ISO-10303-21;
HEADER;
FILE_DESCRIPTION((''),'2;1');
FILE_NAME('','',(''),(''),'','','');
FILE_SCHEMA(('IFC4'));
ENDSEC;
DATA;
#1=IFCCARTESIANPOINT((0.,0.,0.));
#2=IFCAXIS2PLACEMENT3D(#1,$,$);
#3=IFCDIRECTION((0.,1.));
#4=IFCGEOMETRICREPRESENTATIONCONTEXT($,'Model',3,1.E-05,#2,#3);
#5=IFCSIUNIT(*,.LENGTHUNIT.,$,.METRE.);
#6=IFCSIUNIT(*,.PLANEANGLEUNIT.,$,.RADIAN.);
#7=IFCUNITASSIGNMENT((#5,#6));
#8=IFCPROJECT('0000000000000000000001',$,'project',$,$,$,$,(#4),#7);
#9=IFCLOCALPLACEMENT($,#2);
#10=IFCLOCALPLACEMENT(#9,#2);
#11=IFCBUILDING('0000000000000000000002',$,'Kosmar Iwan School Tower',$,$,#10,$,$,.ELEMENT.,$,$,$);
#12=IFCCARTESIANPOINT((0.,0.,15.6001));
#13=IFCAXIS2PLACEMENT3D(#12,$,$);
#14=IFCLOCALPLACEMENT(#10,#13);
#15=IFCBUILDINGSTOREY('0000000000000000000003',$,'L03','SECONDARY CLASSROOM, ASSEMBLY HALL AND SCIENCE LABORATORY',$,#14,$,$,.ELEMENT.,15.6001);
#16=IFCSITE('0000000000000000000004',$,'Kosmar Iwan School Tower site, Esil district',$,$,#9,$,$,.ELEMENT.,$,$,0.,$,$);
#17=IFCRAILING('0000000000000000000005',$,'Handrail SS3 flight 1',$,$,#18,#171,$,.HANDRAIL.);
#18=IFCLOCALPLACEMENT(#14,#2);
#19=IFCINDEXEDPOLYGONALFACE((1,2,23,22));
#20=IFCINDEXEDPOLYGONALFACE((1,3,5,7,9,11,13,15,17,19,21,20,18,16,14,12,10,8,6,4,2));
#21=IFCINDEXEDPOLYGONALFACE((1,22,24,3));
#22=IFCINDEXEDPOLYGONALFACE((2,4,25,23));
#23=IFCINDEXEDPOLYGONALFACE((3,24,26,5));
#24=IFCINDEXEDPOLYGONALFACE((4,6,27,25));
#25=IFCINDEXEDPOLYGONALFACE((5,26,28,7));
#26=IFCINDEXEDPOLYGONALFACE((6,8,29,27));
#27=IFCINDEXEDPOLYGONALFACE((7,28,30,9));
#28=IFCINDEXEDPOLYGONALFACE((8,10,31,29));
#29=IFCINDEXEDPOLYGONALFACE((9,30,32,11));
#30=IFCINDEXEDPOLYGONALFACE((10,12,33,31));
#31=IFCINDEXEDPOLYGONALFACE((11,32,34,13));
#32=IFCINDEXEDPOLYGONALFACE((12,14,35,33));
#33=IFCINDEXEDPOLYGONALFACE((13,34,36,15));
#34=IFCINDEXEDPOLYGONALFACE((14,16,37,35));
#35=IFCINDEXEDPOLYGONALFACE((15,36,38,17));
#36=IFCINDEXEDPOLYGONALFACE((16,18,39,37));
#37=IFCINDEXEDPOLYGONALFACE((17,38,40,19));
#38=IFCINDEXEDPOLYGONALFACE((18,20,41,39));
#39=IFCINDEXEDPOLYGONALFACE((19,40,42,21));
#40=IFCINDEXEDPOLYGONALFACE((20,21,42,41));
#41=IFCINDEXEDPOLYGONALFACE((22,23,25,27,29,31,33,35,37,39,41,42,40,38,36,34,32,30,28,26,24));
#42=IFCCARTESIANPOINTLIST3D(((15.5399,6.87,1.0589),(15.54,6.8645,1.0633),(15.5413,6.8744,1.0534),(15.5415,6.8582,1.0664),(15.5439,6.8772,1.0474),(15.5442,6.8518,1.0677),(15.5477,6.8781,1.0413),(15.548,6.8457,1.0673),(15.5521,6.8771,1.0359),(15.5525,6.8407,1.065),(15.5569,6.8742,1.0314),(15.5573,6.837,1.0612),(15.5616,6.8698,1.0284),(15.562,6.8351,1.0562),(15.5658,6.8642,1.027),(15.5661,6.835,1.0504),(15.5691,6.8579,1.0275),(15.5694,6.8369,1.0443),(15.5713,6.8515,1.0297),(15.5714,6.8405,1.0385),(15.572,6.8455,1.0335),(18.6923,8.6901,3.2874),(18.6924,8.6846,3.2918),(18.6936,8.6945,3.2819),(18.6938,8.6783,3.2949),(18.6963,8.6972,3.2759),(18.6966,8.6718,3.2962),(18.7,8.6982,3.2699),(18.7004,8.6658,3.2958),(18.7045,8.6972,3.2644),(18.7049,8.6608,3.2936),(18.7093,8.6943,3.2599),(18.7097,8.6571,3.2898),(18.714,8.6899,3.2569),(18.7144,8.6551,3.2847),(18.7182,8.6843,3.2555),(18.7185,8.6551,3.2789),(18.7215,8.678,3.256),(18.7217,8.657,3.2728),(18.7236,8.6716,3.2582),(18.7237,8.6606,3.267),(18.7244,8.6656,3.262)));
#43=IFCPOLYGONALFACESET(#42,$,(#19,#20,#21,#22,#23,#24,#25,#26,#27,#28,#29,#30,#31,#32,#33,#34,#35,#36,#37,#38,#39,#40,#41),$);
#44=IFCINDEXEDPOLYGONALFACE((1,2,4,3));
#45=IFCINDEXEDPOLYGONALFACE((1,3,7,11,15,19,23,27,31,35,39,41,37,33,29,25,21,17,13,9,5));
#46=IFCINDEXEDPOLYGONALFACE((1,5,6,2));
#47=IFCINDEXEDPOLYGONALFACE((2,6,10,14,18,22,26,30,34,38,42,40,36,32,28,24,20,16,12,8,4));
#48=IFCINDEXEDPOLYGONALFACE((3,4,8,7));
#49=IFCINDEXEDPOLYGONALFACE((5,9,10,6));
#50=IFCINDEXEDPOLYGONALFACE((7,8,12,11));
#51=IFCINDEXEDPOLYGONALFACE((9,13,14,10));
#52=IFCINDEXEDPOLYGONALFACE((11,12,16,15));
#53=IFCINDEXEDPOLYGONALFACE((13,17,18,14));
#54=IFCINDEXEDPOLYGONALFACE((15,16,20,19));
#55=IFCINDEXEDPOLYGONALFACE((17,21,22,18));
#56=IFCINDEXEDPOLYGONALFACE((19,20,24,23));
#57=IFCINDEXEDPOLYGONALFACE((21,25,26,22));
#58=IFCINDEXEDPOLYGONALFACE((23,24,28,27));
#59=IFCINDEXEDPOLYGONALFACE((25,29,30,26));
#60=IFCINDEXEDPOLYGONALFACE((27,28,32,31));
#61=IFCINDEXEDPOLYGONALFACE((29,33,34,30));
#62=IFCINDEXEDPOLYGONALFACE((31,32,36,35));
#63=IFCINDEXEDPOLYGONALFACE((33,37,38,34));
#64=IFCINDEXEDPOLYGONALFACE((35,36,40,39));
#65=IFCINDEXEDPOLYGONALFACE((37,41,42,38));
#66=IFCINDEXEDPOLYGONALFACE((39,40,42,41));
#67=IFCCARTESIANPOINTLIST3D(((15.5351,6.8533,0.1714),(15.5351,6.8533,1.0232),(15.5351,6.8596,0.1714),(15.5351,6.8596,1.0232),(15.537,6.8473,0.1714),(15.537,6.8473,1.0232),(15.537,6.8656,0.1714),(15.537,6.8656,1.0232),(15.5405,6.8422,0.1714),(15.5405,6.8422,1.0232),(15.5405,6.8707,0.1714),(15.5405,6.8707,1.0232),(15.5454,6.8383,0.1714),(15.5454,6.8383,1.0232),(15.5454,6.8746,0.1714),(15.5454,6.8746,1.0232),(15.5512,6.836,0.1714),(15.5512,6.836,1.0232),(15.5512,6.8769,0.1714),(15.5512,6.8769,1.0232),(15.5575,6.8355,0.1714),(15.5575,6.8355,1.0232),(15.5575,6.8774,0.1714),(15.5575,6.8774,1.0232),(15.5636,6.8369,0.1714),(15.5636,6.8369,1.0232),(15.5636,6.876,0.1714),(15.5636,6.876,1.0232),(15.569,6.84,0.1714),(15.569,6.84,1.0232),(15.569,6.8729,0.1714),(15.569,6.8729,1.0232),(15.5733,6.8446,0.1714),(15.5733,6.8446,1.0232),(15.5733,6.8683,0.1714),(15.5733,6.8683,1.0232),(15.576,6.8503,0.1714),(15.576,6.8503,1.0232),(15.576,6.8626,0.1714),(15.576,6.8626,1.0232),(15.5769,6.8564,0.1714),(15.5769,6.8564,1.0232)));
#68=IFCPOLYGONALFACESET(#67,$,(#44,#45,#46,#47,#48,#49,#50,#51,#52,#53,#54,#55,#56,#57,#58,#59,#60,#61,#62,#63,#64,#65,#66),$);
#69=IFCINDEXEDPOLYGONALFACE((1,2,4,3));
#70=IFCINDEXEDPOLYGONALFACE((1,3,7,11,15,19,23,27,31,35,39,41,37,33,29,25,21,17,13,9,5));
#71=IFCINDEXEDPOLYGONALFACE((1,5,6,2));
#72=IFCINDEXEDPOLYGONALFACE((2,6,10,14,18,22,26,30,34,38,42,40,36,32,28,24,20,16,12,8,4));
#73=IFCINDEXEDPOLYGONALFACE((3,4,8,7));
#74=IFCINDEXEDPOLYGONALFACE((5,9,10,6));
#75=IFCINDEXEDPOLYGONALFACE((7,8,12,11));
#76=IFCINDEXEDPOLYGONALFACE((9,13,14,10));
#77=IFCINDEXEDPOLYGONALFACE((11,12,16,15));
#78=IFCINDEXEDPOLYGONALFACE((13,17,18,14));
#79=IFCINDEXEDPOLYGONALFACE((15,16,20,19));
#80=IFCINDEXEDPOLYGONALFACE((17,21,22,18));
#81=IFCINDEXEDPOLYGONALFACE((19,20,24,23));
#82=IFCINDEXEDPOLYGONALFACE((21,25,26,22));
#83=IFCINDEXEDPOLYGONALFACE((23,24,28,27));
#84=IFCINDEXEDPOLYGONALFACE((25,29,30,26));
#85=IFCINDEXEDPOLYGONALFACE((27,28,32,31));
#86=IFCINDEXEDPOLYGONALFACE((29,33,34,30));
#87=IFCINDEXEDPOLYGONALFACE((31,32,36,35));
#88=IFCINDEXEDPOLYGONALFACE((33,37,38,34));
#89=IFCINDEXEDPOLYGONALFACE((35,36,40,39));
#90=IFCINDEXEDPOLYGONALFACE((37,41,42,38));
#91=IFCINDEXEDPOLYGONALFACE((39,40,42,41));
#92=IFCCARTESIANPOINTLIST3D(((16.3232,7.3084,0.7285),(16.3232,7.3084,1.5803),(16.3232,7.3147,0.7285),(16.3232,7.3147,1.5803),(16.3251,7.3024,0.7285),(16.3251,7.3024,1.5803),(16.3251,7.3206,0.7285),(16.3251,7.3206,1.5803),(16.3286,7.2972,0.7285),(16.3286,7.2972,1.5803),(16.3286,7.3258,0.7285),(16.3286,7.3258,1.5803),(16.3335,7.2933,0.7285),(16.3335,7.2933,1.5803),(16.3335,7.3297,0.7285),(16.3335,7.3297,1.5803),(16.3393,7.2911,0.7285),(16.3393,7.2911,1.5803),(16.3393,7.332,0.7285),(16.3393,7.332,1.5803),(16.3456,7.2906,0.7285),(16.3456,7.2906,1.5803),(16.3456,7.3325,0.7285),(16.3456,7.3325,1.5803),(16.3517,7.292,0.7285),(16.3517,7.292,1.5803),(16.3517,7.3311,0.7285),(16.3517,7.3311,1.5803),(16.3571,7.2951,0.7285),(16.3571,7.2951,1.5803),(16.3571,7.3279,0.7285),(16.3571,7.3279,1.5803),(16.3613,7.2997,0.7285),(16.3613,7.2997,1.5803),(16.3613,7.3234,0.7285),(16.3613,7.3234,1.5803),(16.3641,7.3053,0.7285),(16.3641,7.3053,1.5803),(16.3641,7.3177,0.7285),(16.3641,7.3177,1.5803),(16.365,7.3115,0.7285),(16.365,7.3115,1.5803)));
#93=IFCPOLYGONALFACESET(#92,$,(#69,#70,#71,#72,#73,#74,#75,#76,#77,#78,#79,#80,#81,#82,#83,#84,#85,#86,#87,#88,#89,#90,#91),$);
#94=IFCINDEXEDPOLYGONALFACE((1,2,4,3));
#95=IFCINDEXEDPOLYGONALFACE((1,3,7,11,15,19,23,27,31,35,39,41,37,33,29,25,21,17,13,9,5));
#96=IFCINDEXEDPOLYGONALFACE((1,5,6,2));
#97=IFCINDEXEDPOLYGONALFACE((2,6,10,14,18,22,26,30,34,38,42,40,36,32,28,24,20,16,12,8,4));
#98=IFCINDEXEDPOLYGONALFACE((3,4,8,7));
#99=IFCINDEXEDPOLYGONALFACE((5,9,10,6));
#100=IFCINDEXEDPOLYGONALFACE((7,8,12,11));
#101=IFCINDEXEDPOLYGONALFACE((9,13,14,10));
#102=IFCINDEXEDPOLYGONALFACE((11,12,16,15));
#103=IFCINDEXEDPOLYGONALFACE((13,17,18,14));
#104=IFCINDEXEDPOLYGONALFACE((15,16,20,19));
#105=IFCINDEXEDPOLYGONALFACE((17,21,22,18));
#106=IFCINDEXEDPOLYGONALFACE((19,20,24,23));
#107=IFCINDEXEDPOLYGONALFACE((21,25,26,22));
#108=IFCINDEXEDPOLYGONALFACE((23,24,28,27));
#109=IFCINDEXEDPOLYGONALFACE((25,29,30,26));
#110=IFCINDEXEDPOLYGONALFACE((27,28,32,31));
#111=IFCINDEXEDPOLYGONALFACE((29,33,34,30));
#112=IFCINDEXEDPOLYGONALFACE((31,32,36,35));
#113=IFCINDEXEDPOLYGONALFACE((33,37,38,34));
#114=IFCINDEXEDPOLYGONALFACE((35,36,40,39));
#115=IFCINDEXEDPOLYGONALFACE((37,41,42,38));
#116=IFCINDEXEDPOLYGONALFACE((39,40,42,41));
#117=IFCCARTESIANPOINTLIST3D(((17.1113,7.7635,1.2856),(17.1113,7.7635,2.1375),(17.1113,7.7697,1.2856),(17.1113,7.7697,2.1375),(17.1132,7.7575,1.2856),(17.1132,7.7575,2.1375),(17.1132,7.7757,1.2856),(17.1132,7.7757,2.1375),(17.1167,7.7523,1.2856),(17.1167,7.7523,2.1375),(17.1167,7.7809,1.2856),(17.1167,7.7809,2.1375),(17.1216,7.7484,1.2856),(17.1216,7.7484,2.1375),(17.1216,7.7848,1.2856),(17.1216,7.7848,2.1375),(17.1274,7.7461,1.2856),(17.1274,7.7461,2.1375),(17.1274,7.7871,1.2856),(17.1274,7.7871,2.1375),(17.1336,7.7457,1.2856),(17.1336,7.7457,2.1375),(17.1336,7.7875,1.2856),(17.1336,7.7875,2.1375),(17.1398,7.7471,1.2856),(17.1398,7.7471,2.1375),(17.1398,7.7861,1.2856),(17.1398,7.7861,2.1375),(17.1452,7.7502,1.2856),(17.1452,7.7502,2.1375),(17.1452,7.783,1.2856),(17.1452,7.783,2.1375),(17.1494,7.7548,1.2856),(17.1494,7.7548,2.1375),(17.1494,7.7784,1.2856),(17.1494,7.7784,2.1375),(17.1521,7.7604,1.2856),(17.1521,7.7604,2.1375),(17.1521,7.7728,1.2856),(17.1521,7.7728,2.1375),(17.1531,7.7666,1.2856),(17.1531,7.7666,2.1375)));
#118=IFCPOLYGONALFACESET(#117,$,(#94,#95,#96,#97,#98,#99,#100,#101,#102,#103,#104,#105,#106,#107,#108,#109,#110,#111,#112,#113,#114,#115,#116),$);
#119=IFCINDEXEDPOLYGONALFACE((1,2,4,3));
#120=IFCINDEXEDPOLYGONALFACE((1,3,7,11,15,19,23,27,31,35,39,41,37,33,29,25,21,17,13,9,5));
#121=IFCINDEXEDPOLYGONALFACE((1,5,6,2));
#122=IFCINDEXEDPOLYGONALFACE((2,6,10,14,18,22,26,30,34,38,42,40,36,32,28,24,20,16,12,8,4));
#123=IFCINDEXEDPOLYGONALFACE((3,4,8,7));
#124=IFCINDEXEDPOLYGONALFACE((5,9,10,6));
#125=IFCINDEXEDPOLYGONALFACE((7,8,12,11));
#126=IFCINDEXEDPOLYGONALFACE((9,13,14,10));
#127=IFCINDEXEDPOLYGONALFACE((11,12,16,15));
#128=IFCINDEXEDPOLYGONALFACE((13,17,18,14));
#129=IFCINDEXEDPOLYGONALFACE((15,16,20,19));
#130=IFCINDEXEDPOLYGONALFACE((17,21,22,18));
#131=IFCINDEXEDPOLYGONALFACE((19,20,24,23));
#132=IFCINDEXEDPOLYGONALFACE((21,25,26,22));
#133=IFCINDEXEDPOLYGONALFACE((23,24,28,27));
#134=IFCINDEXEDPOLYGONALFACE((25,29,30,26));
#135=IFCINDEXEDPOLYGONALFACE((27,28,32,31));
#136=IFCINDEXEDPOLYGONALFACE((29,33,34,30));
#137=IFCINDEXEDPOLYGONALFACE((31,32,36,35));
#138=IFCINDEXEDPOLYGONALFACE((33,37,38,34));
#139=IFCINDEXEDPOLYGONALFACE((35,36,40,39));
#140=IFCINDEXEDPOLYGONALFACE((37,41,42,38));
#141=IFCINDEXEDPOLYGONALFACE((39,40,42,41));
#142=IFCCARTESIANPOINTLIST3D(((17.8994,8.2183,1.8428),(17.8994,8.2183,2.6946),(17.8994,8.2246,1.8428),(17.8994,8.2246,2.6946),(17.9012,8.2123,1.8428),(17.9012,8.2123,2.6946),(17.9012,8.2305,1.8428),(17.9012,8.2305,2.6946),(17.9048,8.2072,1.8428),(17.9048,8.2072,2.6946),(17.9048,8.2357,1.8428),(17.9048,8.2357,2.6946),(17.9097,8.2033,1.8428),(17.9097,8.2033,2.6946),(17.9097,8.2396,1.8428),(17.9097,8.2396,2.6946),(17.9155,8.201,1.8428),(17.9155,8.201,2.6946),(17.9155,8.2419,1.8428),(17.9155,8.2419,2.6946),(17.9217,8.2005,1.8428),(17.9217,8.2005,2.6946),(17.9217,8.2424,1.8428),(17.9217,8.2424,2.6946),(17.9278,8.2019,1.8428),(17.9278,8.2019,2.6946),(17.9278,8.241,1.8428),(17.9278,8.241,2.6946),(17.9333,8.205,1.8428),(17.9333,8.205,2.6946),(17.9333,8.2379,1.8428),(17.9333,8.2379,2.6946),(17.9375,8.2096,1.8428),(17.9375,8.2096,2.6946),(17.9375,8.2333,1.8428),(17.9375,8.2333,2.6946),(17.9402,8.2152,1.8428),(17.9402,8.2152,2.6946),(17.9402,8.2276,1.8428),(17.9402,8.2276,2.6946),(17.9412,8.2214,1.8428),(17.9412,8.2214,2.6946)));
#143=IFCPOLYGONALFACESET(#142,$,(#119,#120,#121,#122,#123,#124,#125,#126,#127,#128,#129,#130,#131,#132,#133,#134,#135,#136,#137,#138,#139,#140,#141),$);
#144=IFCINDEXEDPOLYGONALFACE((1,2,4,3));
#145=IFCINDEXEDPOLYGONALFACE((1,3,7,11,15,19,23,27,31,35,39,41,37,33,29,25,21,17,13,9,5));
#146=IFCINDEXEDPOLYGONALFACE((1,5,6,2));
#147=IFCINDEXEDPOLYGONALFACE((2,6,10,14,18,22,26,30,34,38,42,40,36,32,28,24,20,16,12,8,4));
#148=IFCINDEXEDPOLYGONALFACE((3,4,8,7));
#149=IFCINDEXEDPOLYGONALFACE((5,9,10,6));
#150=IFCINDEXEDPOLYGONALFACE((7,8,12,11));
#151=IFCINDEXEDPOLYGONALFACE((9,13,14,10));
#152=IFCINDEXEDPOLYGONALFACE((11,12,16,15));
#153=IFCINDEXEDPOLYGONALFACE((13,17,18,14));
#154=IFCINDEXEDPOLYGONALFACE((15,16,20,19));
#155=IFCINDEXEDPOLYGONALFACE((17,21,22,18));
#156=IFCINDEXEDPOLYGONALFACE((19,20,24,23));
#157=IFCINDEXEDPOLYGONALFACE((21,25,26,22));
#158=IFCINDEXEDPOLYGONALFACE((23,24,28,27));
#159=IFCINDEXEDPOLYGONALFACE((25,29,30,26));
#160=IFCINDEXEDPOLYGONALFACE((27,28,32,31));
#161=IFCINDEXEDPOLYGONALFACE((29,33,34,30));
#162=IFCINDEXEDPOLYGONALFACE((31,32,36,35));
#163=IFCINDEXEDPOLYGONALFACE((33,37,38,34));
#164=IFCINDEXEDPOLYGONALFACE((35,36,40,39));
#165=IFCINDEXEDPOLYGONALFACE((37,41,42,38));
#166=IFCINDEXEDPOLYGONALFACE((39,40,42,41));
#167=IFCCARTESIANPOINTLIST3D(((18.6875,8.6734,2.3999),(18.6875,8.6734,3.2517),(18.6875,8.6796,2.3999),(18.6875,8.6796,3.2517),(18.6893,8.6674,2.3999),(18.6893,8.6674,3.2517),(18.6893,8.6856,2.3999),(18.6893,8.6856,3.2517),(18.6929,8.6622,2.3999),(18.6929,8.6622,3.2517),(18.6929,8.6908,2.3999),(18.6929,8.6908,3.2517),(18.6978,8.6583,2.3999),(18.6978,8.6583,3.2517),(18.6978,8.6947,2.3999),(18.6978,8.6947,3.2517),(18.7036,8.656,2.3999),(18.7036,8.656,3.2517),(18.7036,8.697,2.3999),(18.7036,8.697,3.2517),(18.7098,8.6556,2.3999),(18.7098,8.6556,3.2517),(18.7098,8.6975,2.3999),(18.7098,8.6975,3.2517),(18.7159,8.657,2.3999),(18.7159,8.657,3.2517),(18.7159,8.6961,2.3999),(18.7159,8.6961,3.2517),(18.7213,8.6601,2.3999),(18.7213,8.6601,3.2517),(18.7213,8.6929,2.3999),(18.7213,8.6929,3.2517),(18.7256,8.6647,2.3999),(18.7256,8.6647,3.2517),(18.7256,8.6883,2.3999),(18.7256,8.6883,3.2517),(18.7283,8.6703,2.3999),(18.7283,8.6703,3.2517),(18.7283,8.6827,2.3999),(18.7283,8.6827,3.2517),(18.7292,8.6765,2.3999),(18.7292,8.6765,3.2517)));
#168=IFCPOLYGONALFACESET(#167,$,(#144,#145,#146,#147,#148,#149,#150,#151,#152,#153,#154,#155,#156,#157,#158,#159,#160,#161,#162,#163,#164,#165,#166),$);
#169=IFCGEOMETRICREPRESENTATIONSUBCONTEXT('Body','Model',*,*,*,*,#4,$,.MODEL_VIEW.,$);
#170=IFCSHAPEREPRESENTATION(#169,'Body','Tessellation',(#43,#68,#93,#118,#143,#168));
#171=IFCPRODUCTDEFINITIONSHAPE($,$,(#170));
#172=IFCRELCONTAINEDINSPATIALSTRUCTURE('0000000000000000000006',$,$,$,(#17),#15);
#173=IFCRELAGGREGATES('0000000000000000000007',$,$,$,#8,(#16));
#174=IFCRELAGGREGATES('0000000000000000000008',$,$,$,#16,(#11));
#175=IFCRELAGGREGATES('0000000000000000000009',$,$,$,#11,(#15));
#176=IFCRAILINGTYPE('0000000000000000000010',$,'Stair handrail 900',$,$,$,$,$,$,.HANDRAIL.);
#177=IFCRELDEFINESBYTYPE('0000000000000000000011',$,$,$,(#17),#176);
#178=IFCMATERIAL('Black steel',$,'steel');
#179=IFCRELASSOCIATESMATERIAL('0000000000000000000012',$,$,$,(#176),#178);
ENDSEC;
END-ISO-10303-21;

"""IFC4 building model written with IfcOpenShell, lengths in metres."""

from ifc_helpers import new_model, si_unit, direction, frame, origin, origin_2d, place, context, subcontext, project, spatial, circle, extrude, material, type_object, element, save


model = new_model("IFC4")

# Units and contexts
model_context = context("Model", 3, precision=1e-05, world=origin(), true_north=direction((0.0, 1.0)))
body_context = subcontext(model_context, "Body", "Model", "MODEL_VIEW")
ifc_project = project(units=[si_unit("LENGTHUNIT", "METRE"), si_unit("PLANEANGLEUNIT", "RADIAN")], contexts=[model_context])

# Site, building, storey
site_placement = place(None, origin())
site = spatial("IfcSite", under=ifc_project, at=site_placement, Name="Kosmar Iwan School Tower site, Esil district", CompositionType="ELEMENT", RefElevation=0.0)
building_placement = place(site_placement, origin())
building = spatial("IfcBuilding", under=site, at=building_placement, Name="Kosmar Iwan School Tower", CompositionType="ELEMENT")
storey_placement = place(building_placement, frame((0.0, 0.0, 15.6001)))
storey = spatial("IfcBuildingStorey", under=building, at=storey_placement, Name="L03", Description="SECONDARY CLASSROOM, ASSEMBLY HALL AND SCIENCE LABORATORY", CompositionType="ELEMENT", Elevation=15.6001)

# Railing
ifc_material_1 = material(Name="Black steel", Category="steel")
railing_type = type_object("IfcRailingType", Name="Stair handrail 900", PredefinedType="HANDRAIL", material=ifc_material_1)
railing_1_placement = place(storey_placement, frame((15.5559, 6.8564, 0.1714)))
element("IfcRailing", 1, at=railing_1_placement, inside=storey, type_object=railing_type, Name="Handrail SS3 flight 1", PredefinedType="HANDRAIL", context=body_context, shape_type="SweptSolid", body=[
    extrude(circle(Radius=0.0239, at=origin_2d()), frame((0.0, 0.0, 0.876), z_axis=(0.738592, 0.426441, 0.52214), x_axis=(-0.500013, 0.866018, 0.0)), (0.0, 0.0, 1.0), 4.2681),
    extrude(circle(Radius=0.021, at=origin_2d()), origin(), (0.0, 0.0, 1.0), 0.8518),
    extrude(circle(Radius=0.021, at=origin_2d()), frame((0.7881, 0.4551, 0.5571)), (0.0, 0.0, 1.0), 0.8518),
    extrude(circle(Radius=0.021, at=origin_2d()), frame((1.5762, 0.9102, 1.1143)), (0.0, 0.0, 1.0), 0.8518),
    extrude(circle(Radius=0.021, at=origin_2d()), frame((2.3643, 1.365, 1.6714)), (0.0, 0.0, 1.0), 0.8518),
    extrude(circle(Radius=0.021, at=origin_2d()), frame((3.1523, 1.8201, 2.2285)), (0.0, 0.0, 1.0), 0.8518),
])

save(model, "model.ifc")
